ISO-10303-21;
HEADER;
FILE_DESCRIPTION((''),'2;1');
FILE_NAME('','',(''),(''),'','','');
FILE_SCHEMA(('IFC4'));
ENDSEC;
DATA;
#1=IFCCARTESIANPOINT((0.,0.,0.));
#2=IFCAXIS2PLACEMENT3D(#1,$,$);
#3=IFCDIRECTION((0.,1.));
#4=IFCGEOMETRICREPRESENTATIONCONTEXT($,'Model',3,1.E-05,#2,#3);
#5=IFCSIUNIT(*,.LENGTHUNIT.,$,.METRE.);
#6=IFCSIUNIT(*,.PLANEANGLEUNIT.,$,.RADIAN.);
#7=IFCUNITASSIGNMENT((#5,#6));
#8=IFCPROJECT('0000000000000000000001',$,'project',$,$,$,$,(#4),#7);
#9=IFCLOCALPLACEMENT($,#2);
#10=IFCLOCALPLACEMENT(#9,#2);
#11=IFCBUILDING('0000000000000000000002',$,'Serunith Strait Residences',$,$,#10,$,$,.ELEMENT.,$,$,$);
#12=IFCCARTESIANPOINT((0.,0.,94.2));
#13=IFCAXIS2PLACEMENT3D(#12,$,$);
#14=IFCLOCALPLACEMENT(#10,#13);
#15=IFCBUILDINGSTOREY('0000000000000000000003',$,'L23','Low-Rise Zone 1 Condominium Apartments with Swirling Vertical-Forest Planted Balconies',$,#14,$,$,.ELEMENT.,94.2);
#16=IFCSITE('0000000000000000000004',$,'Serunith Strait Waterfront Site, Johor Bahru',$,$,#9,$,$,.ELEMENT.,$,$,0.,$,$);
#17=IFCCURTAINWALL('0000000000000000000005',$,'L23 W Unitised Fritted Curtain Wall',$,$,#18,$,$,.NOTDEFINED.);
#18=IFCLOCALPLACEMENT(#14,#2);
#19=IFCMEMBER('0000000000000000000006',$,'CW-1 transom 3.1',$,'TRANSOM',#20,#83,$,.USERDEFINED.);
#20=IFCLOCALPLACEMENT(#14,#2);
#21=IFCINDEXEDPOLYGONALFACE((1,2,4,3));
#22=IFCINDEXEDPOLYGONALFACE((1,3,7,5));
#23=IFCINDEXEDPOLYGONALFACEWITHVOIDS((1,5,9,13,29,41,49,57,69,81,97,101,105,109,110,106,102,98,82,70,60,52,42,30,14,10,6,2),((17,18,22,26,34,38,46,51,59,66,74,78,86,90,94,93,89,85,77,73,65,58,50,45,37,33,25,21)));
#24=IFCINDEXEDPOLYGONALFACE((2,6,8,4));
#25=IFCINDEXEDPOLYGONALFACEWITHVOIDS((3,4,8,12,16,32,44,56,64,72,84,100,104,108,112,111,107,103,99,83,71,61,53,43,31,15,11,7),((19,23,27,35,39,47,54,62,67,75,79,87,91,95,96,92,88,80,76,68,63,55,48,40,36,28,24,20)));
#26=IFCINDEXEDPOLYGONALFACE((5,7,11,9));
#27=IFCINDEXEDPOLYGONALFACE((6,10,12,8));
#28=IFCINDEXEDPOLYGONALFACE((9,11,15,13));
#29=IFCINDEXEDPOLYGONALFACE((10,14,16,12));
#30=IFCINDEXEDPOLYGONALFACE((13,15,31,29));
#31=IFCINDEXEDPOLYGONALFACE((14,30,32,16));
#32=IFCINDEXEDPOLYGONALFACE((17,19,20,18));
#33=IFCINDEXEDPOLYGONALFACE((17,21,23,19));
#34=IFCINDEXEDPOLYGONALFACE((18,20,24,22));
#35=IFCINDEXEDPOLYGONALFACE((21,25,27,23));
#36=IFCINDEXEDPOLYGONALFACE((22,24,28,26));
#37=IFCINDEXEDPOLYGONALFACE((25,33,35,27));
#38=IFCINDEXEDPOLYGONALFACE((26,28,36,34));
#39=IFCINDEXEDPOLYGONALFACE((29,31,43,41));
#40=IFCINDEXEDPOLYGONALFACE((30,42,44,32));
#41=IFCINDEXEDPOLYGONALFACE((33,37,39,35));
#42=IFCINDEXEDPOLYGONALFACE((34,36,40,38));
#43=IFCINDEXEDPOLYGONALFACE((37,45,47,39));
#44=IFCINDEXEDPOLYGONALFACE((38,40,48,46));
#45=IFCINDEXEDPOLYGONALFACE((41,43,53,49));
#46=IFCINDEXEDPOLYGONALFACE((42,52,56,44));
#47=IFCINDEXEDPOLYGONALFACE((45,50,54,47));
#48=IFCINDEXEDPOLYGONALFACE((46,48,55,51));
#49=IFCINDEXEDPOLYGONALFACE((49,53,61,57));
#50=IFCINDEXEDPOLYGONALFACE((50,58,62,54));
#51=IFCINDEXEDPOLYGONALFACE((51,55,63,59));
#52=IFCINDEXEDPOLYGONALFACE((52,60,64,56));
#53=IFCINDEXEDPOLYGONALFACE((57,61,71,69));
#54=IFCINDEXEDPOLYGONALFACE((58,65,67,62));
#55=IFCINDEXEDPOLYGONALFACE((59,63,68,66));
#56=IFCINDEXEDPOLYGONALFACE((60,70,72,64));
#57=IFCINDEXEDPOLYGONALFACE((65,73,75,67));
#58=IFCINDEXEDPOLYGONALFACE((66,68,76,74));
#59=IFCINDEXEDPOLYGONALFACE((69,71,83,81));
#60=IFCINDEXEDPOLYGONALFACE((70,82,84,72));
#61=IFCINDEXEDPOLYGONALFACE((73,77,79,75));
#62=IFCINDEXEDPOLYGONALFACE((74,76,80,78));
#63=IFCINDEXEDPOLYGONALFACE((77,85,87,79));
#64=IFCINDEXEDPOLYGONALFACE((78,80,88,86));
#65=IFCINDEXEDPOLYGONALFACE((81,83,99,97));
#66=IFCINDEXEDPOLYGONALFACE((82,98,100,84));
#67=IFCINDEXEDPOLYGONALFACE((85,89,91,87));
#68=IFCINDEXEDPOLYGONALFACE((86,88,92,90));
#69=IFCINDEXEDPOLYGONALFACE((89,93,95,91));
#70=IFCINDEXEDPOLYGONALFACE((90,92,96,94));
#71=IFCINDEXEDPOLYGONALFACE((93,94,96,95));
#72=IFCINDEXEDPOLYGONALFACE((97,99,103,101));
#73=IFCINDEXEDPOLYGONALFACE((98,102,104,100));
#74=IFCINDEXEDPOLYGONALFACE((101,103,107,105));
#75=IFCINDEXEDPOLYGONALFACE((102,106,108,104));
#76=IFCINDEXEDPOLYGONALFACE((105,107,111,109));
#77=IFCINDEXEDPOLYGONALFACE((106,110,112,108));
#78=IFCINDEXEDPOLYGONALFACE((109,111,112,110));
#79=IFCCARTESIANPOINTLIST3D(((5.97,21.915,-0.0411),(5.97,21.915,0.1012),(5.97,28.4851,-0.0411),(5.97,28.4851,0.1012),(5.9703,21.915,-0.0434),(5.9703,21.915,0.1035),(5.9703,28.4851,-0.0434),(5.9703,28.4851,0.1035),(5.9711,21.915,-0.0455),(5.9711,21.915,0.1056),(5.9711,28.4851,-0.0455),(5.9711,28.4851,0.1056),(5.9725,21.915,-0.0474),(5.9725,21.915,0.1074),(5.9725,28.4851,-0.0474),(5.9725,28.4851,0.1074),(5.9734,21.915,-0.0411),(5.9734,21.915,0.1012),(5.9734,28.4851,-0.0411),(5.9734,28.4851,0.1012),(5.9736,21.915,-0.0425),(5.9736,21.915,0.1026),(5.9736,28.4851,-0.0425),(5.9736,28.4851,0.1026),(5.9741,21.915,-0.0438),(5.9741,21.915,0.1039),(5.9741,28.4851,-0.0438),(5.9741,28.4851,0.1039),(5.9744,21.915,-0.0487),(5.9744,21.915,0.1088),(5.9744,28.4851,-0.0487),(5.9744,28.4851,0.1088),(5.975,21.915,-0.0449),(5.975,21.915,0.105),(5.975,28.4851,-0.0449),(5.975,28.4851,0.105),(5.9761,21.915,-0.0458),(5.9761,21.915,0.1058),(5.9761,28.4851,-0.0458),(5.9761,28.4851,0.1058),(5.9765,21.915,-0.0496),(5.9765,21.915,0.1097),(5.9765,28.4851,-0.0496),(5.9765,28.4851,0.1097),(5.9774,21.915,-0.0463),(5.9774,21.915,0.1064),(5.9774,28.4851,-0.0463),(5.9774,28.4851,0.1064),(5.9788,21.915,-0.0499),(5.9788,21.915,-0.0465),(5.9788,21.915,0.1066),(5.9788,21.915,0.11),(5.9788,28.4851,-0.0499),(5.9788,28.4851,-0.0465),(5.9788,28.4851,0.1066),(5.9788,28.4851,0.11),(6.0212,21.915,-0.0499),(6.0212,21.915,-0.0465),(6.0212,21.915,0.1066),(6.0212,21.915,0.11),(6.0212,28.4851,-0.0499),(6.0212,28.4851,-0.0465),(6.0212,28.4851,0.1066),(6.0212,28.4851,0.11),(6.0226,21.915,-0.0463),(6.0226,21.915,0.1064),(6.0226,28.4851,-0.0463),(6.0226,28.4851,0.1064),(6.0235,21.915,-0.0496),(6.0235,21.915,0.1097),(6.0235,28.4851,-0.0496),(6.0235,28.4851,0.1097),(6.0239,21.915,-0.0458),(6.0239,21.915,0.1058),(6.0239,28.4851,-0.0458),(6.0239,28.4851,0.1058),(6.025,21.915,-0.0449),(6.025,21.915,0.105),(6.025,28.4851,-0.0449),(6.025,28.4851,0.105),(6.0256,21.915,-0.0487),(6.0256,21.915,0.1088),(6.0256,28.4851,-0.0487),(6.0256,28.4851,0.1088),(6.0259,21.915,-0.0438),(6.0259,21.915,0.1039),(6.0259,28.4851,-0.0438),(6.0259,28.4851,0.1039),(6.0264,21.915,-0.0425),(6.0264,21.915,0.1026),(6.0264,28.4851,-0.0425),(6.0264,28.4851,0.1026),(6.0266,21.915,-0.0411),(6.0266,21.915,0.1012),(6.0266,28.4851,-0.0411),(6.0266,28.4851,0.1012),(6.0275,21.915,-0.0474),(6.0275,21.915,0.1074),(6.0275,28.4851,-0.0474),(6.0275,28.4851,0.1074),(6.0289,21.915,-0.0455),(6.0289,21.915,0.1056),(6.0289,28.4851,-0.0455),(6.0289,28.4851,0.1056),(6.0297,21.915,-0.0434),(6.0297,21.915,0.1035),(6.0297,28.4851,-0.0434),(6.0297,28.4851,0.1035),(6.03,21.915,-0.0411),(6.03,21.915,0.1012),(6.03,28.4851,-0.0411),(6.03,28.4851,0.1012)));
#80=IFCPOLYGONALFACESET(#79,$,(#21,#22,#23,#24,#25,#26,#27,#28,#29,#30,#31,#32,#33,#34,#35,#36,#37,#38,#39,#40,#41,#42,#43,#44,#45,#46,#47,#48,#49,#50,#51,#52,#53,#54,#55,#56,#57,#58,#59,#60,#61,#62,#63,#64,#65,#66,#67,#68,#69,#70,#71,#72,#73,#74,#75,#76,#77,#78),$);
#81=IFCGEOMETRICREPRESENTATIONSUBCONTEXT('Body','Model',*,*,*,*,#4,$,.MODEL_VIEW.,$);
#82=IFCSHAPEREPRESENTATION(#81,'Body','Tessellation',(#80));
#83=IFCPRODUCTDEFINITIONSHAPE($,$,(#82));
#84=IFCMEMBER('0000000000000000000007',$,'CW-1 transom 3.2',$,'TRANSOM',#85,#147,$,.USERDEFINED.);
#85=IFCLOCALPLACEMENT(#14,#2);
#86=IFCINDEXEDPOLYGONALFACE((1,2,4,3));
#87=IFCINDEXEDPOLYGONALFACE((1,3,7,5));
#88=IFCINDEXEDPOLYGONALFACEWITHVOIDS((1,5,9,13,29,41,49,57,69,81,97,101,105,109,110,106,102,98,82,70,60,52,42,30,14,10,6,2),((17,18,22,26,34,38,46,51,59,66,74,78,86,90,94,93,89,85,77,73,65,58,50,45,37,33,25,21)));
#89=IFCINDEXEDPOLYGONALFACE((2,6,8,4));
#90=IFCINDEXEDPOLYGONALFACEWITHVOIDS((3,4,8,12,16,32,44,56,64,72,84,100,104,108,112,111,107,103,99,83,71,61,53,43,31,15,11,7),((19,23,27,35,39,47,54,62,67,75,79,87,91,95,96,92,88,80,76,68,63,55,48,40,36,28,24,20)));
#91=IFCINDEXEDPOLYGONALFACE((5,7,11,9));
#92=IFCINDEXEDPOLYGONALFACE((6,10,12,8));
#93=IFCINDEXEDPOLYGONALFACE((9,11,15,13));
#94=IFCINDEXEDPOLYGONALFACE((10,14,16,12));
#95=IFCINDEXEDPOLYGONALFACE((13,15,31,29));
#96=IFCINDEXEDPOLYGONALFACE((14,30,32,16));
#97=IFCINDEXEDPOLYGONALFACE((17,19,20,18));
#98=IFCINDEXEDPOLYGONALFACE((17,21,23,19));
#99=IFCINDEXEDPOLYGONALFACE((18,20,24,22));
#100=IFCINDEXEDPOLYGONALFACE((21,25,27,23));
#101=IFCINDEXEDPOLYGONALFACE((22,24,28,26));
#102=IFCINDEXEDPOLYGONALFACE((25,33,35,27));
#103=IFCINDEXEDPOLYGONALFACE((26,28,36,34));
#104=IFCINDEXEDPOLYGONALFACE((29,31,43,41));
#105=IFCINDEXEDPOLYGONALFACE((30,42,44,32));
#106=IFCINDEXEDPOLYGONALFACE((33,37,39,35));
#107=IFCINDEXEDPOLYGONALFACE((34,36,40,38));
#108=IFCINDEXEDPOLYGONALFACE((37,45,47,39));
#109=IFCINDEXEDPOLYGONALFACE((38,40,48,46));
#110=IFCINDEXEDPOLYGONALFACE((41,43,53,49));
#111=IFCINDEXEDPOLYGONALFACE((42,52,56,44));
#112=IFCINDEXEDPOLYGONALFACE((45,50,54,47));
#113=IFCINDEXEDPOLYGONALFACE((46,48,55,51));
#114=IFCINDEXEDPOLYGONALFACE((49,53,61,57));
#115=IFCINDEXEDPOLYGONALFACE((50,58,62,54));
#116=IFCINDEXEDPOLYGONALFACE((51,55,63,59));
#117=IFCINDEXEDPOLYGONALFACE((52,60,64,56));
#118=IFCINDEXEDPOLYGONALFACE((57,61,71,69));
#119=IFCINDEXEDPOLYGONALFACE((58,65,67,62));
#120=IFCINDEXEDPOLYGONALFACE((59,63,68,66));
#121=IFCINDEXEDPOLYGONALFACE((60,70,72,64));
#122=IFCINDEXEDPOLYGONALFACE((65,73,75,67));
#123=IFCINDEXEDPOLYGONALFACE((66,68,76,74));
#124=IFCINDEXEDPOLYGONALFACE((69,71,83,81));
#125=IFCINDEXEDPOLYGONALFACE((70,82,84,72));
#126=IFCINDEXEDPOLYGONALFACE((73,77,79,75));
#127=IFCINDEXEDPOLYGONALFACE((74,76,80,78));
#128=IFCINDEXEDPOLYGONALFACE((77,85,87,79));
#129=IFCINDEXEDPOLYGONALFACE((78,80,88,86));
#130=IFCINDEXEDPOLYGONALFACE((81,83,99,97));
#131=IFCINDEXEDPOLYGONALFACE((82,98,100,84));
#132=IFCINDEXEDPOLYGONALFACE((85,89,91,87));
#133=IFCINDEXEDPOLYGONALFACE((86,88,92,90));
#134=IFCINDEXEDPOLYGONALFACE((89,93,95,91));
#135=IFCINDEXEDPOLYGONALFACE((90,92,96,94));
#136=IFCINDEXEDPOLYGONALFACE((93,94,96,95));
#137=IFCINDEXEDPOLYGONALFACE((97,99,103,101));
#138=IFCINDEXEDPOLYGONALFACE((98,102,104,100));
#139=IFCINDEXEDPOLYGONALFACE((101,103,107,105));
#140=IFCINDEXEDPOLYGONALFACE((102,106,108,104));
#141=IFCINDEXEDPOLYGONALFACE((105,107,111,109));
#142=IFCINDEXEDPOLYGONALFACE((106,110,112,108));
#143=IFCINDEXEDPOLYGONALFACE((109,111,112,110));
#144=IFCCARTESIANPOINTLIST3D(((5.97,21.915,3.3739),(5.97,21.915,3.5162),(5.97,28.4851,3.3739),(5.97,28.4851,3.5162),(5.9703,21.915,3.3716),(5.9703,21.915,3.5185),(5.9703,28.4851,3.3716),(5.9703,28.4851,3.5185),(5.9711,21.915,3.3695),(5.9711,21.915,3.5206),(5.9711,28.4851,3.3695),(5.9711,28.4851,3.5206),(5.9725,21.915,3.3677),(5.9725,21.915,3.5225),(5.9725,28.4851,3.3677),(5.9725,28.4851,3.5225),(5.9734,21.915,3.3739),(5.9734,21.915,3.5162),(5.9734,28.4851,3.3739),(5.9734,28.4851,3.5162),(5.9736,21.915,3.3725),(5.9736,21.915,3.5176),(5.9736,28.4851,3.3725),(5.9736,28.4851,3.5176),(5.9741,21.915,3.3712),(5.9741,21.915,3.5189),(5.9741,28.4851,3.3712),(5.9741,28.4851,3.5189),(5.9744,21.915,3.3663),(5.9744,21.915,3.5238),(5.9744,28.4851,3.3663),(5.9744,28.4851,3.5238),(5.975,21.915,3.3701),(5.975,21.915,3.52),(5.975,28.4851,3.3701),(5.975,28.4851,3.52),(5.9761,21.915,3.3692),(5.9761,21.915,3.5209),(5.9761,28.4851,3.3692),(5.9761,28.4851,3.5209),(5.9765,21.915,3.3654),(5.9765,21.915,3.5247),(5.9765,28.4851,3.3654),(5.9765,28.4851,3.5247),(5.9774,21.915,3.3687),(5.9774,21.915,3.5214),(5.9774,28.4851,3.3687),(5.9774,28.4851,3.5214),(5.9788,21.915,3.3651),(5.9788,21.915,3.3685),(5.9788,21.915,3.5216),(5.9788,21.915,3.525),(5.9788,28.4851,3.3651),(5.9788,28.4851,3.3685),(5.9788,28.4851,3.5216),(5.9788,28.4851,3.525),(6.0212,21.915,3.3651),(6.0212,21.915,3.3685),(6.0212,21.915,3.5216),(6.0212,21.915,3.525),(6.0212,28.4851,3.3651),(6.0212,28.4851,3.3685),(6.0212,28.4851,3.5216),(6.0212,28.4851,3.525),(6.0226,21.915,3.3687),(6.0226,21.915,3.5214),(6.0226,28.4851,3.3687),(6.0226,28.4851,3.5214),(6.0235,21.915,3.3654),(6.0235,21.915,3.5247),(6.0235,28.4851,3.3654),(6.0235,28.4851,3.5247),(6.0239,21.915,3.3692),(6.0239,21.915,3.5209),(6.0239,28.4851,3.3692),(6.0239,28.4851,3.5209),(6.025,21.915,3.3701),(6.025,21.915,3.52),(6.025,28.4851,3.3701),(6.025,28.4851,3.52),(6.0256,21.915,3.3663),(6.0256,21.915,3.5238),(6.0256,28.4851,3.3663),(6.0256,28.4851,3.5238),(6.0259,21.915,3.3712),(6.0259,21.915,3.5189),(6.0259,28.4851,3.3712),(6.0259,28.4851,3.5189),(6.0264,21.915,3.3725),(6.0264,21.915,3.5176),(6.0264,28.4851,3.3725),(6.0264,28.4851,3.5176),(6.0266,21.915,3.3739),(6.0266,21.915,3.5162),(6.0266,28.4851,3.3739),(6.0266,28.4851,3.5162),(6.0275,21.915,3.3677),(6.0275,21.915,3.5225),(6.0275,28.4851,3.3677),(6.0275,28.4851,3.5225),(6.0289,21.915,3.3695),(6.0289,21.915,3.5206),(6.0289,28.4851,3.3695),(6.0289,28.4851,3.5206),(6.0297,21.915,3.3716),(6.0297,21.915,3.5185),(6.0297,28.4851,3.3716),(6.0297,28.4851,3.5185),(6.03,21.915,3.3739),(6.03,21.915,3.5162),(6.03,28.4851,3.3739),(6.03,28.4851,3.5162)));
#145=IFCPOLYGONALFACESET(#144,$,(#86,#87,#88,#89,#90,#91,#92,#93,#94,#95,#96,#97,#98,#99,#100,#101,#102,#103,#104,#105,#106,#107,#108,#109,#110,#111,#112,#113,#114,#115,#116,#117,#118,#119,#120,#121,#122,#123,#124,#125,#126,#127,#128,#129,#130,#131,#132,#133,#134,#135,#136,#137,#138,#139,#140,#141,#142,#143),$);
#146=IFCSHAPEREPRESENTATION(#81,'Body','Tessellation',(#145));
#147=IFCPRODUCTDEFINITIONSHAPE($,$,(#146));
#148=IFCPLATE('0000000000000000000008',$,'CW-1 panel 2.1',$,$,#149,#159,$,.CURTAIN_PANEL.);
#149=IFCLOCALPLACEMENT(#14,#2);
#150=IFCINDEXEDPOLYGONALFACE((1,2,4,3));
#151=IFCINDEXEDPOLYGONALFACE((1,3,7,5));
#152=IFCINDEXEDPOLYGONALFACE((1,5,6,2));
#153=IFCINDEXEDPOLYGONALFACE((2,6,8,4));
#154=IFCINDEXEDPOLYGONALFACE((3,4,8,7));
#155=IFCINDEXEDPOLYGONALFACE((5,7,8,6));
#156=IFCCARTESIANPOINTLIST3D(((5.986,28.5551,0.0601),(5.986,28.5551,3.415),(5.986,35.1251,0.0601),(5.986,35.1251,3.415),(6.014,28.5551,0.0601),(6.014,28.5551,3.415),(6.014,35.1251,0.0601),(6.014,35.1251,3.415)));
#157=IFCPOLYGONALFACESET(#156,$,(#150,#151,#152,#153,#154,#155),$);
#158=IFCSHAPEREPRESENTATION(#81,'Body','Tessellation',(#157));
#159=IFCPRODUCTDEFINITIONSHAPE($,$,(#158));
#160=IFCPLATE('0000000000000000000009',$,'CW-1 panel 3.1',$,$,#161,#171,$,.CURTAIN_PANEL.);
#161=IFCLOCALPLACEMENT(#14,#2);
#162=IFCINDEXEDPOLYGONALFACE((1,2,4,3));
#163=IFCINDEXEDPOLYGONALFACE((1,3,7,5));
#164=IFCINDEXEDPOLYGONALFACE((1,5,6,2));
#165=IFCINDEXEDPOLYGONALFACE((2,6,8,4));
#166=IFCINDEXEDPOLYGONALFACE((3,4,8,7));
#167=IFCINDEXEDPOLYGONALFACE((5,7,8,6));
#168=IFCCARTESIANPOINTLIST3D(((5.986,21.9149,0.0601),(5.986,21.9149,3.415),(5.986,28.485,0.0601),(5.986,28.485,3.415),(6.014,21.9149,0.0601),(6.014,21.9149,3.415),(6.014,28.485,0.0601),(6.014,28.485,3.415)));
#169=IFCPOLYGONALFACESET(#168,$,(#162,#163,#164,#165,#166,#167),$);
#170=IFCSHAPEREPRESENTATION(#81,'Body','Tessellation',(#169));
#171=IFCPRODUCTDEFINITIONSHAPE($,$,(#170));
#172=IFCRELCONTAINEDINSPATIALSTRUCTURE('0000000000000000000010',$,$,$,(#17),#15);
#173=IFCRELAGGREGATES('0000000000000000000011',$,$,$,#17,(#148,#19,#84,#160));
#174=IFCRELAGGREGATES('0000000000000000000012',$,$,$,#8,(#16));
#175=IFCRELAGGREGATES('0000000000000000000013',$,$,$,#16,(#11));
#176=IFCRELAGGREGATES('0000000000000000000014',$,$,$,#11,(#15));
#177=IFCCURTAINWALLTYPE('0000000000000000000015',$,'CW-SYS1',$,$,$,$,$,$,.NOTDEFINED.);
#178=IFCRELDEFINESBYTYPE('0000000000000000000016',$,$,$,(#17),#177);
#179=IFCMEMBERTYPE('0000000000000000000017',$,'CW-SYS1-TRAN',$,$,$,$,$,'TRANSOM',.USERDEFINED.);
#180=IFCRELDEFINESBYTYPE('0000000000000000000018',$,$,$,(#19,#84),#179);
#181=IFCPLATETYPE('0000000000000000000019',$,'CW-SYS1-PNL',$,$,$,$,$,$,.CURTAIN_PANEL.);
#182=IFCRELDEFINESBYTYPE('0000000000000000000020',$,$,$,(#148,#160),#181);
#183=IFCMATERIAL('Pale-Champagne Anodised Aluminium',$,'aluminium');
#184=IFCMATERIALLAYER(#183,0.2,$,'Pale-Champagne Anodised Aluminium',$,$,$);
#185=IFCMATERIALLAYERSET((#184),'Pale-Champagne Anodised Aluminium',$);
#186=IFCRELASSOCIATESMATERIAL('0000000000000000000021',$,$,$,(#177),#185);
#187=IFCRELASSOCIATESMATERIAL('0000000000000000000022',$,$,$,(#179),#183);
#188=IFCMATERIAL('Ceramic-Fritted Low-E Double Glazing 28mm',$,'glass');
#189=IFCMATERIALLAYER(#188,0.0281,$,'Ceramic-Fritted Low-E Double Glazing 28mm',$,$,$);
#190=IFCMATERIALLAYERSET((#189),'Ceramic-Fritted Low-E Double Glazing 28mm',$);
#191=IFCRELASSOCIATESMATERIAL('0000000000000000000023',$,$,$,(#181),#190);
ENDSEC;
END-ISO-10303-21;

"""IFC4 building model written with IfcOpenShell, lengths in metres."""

from ifc_helpers import new_model, si_unit, direction, frame, origin, origin_2d, place, context, subcontext, project, spatial, rectangle, hollow_rectangle, extrude, source, transform, mapped, material, layer, layer_set, material_profile, profile_set, type_object, element, aggregate, save


model = new_model("IFC4")

# Units and contexts
model_context = context("Model", 3, precision=1e-05, world=origin(), true_north=direction((0.0, 1.0)))
body_context = subcontext(model_context, "Body", "Model", "MODEL_VIEW")
ifc_project = project(units=[si_unit("LENGTHUNIT", "METRE"), si_unit("PLANEANGLEUNIT", "RADIAN")], contexts=[model_context])

# Site, building, storey
site_placement = place(None, origin())
site = spatial("IfcSite", under=ifc_project, at=site_placement, Name="Serunith Strait Waterfront Site, Johor Bahru", CompositionType="ELEMENT", RefElevation=0.0)
building_placement = place(site_placement, origin())
building = spatial("IfcBuilding", under=site, at=building_placement, Name="Serunith Strait Residences", CompositionType="ELEMENT")
storey_placement = place(building_placement, frame((0.0, 0.0, 94.2)))
storey = spatial("IfcBuildingStorey", under=building, at=storey_placement, Name="L23", Description="Low-Rise Zone 1 Condominium Apartments with Swirling Vertical-Forest Planted Balconies", CompositionType="ELEMENT", Elevation=94.2)

# Curtain wall, members, plates
ifc_material_1 = material(Name="Pale-Champagne Anodised Aluminium", Category="aluminium")
ifc_layer_1 = layer(ifc_material_1, 0.2, Name="Pale-Champagne Anodised Aluminium")
ifc_layer_set_1 = layer_set([ifc_layer_1], Name="Pale-Champagne Anodised Aluminium")
curtain_wall_type = type_object("IfcCurtainWallType", Name="CW-SYS1", PredefinedType="NOTDEFINED", material=ifc_layer_set_1)
curtain_wall_placement = place(storey_placement, origin())
curtain_wall = element("IfcCurtainWall", 1, at=curtain_wall_placement, inside=storey, type_object=curtain_wall_type, Name="L23 W Unitised Fritted Curtain Wall", PredefinedType="NOTDEFINED")
ifc_material_profile_1 = material_profile(ifc_material_1, hollow_rectangle(XDim=0.0601, YDim=0.1599, WallThickness=0.0034, InnerFilletRadius=0.0054, OuterFilletRadius=0.0088, at=origin_2d()), Name="ALU 160x60x3.5")
ifc_profile_set_1 = profile_set([ifc_material_profile_1], Name="Pale-Champagne Anodised Aluminium")
member_type_1 = type_object("IfcMemberType", Name="CW-SYS1-TRAN", ElementType="TRANSOM", PredefinedType="USERDEFINED", material=ifc_profile_set_1)
shared_shape_1 = source(origin(), body_context, "Body", "SweptSolid", [
    extrude(hollow_rectangle(XDim=0.0601, YDim=0.1599, WallThickness=0.0034, InnerFilletRadius=0.0054, OuterFilletRadius=0.0088, at=origin_2d()), origin(), (0.0, 0.0, 1.0), 6.5701),
])
member_1_placement = place(storey_placement, frame((6.0, 28.4851, 0.03), z_axis=(0.0, -1.0, 0.0), x_axis=(1.0, 0.0, 0.0)))
member_1 = element("IfcMember", 2, at=member_1_placement, type_object=member_type_1, Name="CW-1 transom 3.1", ObjectType="TRANSOM", PredefinedType="USERDEFINED", context=body_context, shape_type="MappedRepresentation", body=[
    mapped(shared_shape_1, transform((0.0, 0.0, 0.0), scale=1.0)),
])
member_2_placement = place(storey_placement, frame((6.0, 28.4851, 3.4451), z_axis=(0.0, -1.0, 0.0), x_axis=(1.0, 0.0, 0.0)))
member_2 = element("IfcMember", 3, at=member_2_placement, type_object=member_type_1, Name="CW-1 transom 3.2", ObjectType="TRANSOM", PredefinedType="USERDEFINED", context=body_context, shape_type="MappedRepresentation", body=[
    mapped(shared_shape_1, transform((0.0, 0.0, 0.0), scale=1.0)),
])
ifc_material_2 = material(Name="Ceramic-Fritted Low-E Double Glazing 28mm", Category="glass")
ifc_layer_2 = layer(ifc_material_2, 0.0281, Name="Ceramic-Fritted Low-E Double Glazing 28mm")
ifc_layer_set_2 = layer_set([ifc_layer_2], Name="Ceramic-Fritted Low-E Double Glazing 28mm")
plate_type = type_object("IfcPlateType", Name="CW-SYS1-PNL", PredefinedType="CURTAIN_PANEL", material=ifc_layer_set_2)
shared_shape_2 = source(origin(), body_context, "Body", "SweptSolid", [
    extrude(rectangle(XDim=6.5701, YDim=0.0281, at=origin_2d()), origin(), (0.0, 0.0, 1.0), 3.355),
])
plate_1_placement = place(storey_placement, frame((6.0, 31.8401, 0.0601), z_axis=(0.0, 0.0, 1.0), x_axis=(0.0, -1.0, 0.0)))
plate_1 = element("IfcPlate", 4, at=plate_1_placement, type_object=plate_type, Name="CW-1 panel 2.1", PredefinedType="CURTAIN_PANEL", context=body_context, shape_type="MappedRepresentation", body=[
    mapped(shared_shape_2, transform((0.0, 0.0, 0.0), scale=1.0)),
])
plate_2_placement = place(storey_placement, frame((6.0, 25.2, 0.0601), z_axis=(0.0, 0.0, 1.0), x_axis=(0.0, -1.0, 0.0)))
plate_2 = element("IfcPlate", 5, at=plate_2_placement, type_object=plate_type, Name="CW-1 panel 3.1", PredefinedType="CURTAIN_PANEL", context=body_context, shape_type="MappedRepresentation", body=[
    mapped(shared_shape_2, transform((0.0, 0.0, 0.0), scale=1.0)),
])
aggregate(curtain_wall, [plate_1, member_1, member_2, plate_2])

save(model, "model.ifc")
